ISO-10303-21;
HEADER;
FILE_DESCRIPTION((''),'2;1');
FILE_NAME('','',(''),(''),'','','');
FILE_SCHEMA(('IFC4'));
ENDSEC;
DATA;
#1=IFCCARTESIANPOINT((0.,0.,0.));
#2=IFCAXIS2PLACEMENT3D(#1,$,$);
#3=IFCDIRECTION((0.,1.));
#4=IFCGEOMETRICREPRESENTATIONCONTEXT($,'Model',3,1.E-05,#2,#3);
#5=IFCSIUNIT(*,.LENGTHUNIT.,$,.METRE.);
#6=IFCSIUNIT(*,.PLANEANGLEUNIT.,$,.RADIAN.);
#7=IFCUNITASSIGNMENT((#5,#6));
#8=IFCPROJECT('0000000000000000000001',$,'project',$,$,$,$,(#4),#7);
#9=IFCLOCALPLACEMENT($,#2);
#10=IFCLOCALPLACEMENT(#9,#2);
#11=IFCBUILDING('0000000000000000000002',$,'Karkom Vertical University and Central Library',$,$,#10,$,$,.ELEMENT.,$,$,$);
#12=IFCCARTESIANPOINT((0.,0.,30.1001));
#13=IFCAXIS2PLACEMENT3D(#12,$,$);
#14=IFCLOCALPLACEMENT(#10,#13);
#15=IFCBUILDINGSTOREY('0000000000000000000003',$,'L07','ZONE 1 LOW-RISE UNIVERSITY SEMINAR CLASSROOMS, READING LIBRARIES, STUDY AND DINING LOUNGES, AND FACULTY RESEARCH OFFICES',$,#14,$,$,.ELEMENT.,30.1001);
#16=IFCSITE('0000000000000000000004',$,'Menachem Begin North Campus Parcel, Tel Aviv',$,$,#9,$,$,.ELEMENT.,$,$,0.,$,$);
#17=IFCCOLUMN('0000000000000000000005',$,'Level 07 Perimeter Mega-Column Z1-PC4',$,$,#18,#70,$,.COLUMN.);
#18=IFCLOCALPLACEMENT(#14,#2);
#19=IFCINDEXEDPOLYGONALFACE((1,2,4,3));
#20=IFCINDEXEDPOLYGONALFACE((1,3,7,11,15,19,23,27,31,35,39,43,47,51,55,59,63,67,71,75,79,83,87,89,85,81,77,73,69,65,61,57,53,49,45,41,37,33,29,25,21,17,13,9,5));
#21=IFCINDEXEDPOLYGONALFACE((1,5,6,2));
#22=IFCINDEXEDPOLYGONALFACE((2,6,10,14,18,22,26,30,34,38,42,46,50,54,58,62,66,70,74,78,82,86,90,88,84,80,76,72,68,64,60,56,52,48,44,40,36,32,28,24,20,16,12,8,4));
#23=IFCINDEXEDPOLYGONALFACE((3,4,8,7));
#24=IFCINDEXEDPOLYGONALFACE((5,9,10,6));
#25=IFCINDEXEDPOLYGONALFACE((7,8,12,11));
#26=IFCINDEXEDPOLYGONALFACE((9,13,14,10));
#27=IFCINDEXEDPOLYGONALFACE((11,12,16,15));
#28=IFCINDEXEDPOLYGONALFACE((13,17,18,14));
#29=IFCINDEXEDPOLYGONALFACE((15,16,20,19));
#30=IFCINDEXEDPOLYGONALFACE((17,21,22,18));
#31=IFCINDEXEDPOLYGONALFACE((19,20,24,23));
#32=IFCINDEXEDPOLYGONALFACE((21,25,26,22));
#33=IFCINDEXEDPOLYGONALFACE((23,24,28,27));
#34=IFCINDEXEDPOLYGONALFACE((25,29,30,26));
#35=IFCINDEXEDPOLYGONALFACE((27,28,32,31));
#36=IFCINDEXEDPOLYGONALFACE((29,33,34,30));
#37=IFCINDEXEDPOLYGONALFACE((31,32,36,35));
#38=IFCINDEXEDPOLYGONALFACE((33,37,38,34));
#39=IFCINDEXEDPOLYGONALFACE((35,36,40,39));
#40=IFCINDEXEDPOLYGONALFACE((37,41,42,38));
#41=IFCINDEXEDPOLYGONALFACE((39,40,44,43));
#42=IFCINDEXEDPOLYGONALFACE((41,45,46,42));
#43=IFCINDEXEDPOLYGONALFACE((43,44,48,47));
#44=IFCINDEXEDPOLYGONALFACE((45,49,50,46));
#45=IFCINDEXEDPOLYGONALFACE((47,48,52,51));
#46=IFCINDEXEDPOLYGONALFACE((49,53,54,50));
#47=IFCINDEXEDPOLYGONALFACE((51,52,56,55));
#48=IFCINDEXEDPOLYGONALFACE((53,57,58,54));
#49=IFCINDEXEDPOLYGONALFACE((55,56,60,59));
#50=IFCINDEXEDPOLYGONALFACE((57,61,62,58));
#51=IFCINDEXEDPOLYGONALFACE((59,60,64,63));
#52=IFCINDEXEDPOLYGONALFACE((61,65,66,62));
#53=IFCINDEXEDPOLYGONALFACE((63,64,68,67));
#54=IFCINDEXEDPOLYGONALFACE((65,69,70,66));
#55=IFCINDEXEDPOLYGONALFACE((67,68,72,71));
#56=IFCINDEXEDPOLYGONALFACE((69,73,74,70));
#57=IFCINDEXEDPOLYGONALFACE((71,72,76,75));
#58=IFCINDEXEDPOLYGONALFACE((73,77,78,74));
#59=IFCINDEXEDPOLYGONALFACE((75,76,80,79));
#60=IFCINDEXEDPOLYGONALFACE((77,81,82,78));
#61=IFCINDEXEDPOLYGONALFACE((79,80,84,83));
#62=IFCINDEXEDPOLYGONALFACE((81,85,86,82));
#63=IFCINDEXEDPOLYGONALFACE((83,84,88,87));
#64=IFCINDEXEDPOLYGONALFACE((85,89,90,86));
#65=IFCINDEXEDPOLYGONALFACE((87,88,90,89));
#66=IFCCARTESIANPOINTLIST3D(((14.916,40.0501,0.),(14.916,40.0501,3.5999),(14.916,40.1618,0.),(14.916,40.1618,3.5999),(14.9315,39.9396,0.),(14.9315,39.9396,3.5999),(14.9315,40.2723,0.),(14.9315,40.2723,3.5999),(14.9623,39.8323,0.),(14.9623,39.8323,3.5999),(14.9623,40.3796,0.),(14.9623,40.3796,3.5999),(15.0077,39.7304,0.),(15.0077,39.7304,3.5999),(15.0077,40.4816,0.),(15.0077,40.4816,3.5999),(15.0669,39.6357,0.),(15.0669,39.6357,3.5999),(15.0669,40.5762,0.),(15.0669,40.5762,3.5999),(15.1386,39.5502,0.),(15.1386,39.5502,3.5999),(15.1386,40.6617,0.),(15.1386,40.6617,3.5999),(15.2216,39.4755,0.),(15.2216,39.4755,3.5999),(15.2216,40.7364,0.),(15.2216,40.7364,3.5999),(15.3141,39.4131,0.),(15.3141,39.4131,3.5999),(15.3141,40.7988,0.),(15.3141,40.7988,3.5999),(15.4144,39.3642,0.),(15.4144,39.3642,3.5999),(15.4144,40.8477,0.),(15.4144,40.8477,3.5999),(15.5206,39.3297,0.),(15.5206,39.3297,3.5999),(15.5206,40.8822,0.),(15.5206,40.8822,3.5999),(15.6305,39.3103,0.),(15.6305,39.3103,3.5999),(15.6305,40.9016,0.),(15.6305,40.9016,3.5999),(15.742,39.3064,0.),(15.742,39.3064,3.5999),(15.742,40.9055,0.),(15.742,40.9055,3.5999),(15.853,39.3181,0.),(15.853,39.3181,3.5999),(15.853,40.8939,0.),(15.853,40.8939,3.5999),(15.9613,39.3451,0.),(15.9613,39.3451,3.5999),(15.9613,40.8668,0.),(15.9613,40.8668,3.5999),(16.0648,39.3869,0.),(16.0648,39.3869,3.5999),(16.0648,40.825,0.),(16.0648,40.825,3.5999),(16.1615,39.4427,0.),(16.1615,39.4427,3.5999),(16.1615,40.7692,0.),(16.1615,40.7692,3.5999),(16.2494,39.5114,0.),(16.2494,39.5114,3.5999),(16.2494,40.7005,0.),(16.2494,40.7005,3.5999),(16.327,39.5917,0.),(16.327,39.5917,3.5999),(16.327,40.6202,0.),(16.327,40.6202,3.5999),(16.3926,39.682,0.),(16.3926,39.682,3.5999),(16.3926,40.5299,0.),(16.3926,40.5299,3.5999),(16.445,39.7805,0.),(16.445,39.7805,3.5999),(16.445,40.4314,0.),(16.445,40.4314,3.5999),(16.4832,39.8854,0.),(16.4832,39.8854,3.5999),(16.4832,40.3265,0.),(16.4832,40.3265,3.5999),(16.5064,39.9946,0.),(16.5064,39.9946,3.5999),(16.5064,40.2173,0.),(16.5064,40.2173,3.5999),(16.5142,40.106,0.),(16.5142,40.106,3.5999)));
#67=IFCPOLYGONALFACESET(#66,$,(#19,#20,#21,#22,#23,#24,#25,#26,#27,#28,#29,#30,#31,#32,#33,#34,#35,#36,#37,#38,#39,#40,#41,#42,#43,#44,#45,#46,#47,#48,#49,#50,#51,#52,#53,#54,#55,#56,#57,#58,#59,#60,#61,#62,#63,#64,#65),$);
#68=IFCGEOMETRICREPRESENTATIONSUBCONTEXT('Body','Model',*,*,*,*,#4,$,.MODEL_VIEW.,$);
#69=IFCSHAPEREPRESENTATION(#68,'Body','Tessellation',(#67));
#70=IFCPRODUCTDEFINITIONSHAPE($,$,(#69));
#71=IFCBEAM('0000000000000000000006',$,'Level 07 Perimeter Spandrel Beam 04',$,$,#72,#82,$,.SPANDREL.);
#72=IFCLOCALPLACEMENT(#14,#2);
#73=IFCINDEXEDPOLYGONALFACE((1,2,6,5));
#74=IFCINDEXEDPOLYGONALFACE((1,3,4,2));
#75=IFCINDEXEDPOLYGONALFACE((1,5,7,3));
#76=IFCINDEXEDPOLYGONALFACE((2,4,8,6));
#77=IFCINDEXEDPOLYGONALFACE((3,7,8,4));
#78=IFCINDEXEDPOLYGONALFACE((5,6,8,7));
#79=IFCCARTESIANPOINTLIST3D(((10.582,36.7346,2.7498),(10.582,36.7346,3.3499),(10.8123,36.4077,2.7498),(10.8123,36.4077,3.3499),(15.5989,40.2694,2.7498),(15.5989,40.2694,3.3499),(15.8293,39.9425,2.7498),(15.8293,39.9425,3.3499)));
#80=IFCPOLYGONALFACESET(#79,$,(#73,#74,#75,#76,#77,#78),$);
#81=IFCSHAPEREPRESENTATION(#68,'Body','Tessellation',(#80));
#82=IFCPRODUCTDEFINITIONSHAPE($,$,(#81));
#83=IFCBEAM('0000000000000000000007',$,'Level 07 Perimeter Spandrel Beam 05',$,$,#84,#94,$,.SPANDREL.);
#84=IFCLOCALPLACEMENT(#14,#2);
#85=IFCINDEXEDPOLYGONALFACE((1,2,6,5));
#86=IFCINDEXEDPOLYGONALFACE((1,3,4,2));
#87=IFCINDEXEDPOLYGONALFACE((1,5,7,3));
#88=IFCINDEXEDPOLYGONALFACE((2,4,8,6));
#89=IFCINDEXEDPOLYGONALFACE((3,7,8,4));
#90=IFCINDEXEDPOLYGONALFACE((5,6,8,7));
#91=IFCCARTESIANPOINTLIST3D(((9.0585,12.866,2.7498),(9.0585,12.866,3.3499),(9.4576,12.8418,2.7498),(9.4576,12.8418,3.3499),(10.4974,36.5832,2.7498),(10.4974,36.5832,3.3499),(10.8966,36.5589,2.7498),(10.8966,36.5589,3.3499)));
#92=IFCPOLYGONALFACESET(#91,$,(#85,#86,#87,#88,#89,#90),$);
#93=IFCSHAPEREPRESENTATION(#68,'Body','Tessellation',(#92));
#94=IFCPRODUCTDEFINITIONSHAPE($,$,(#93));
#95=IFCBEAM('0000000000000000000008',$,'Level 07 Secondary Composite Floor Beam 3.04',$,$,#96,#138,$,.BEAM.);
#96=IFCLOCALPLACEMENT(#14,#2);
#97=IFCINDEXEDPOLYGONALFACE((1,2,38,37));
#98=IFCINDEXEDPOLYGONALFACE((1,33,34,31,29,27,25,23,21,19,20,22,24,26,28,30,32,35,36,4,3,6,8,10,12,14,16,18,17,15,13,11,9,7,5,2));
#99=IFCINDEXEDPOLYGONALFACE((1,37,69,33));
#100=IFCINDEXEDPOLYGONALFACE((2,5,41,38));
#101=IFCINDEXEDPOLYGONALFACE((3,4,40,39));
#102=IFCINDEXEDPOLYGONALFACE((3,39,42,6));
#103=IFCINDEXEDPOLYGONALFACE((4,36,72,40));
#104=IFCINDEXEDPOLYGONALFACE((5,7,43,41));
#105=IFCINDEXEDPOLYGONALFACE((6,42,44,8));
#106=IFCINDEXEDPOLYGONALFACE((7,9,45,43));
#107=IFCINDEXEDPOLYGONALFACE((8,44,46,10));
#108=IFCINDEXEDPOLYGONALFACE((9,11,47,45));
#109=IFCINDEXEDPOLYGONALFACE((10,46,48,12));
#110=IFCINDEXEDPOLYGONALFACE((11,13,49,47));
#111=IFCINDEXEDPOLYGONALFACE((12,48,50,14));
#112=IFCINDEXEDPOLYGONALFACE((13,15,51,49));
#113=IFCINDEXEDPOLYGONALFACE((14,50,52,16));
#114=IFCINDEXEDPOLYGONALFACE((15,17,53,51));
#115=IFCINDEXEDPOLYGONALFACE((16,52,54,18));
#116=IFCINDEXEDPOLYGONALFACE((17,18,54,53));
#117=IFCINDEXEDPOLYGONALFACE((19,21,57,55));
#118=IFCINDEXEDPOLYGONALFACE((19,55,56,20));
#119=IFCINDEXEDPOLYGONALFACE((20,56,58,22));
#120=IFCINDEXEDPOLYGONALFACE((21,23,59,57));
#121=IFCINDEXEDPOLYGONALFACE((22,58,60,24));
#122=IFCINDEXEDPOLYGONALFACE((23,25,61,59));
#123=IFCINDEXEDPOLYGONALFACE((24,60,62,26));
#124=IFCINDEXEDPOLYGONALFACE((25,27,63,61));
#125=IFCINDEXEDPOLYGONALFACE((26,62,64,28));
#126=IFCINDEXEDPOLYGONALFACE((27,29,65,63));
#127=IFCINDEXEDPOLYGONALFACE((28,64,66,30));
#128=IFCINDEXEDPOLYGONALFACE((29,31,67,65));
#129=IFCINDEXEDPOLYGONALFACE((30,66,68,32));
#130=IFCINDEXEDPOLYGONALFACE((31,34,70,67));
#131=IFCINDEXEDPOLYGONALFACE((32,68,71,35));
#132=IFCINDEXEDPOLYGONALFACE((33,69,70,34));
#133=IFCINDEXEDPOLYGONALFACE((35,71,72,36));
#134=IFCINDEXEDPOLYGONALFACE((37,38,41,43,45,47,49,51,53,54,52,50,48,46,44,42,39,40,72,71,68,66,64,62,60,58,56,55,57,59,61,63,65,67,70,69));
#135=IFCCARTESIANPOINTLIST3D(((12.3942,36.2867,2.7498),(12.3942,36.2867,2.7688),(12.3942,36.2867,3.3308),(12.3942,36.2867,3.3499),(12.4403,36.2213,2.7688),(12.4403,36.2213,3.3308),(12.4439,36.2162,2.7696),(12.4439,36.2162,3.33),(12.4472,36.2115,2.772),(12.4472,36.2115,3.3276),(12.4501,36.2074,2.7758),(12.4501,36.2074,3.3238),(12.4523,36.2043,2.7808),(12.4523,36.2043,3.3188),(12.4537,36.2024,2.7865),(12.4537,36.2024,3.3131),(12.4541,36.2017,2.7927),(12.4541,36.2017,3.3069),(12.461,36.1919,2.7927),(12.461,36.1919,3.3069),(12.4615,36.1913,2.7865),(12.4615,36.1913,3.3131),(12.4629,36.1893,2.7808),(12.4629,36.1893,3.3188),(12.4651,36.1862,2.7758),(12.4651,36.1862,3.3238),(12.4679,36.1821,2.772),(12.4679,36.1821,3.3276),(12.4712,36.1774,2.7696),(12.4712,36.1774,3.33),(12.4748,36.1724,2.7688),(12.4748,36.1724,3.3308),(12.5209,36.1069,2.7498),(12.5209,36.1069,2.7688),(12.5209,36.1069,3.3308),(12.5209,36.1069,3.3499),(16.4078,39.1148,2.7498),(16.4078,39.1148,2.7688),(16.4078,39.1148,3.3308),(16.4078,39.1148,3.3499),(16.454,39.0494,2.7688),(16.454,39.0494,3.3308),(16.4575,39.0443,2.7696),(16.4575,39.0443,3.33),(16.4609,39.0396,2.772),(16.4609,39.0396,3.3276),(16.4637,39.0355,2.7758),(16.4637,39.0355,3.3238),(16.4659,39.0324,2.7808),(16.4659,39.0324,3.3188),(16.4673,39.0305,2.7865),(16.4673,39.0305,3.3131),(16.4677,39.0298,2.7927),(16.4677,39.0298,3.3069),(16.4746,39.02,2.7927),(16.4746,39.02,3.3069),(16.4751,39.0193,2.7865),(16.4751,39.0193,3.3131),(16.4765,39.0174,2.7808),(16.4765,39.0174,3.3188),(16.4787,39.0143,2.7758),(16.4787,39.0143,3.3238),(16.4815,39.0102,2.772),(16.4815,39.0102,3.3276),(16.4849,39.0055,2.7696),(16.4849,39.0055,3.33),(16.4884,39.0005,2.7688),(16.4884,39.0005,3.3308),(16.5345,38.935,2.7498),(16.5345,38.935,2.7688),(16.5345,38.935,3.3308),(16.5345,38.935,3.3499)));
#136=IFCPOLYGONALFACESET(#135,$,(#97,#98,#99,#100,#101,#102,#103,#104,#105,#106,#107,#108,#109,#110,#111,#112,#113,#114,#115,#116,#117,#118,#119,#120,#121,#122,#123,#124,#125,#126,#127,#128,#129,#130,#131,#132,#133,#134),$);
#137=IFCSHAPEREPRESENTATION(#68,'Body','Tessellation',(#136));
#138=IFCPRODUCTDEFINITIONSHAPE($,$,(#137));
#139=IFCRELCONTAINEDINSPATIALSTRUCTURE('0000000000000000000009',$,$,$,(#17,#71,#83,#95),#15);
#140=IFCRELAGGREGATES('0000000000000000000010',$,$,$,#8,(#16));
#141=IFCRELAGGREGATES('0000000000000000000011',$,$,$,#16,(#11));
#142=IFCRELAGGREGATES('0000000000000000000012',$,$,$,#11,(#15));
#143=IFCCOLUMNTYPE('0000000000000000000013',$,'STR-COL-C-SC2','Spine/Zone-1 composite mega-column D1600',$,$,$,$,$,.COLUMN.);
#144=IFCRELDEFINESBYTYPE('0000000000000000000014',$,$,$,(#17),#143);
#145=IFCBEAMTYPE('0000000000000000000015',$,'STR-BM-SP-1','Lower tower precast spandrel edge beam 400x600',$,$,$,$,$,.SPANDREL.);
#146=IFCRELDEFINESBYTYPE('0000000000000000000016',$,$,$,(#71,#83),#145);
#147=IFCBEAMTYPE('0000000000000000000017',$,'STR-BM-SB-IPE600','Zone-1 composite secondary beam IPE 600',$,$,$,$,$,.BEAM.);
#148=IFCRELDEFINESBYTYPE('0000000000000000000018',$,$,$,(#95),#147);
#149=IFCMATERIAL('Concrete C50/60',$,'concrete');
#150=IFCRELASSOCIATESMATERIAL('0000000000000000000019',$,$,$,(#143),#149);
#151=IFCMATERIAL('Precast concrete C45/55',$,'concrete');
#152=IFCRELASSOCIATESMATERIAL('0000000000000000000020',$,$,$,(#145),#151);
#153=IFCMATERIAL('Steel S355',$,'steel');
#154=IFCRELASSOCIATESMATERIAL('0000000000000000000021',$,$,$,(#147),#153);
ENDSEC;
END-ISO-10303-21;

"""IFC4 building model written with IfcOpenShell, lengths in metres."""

from ifc_helpers import new_model, si_unit, direction, frame, origin, origin_with_axes, origin_2d, place, context, subcontext, project, spatial, rectangle, circle, i_section, extrude, source, transform, mapped, material, material_profile, profile_set, type_object, element, save


model = new_model("IFC4")

# Units and contexts
model_context = context("Model", 3, precision=1e-05, world=origin(), true_north=direction((0.0, 1.0)))
body_context = subcontext(model_context, "Body", "Model", "MODEL_VIEW")
ifc_project = project(units=[si_unit("LENGTHUNIT", "METRE"), si_unit("PLANEANGLEUNIT", "RADIAN")], contexts=[model_context])

# Site, building, storey
site_placement = place(None, origin())
site = spatial("IfcSite", under=ifc_project, at=site_placement, Name="Menachem Begin North Campus Parcel, Tel Aviv", CompositionType="ELEMENT", RefElevation=0.0)
building_placement = place(site_placement, origin())
building = spatial("IfcBuilding", under=site, at=building_placement, Name="Karkom Vertical University and Central Library", CompositionType="ELEMENT")
storey_placement = place(building_placement, frame((0.0, 0.0, 30.1001)))
storey = spatial("IfcBuildingStorey", under=building, at=storey_placement, Name="L07", Description="ZONE 1 LOW-RISE UNIVERSITY SEMINAR CLASSROOMS, READING LIBRARIES, STUDY AND DINING LOUNGES, AND FACULTY RESEARCH OFFICES", CompositionType="ELEMENT", Elevation=30.1001)

# Column
ifc_material_1 = material(Name="Concrete C50/60", Category="concrete")
ifc_material_profile_1 = material_profile(ifc_material_1, circle(Radius=0.8, at=origin_2d()), Name="CFT-D1600")
ifc_profile_set_1 = profile_set([ifc_material_profile_1], Name="Concrete C50/60")
column_type = type_object("IfcColumnType", Name="STR-COL-C-SC2", Description="Spine/Zone-1 composite mega-column D1600", PredefinedType="COLUMN", material=ifc_profile_set_1)
shared_shape_1 = source(origin_with_axes(), body_context, "Body", "SweptSolid", [
    extrude(circle(Radius=0.8, at=origin_2d()), origin(), (0.0, 0.0, 1.0), 3.5999),
])
column_placement = place(storey_placement, frame((15.7141, 40.106, 0.0), z_axis=(0.0, 0.0, 1.0), x_axis=(1.0, 0.0, 0.0)))
element("IfcColumn", 1, at=column_placement, inside=storey, type_object=column_type, Name="Level 07 Perimeter Mega-Column Z1-PC4", PredefinedType="COLUMN", context=body_context, shape_type="MappedRepresentation", body=[
    mapped(shared_shape_1, transform((0.0, 0.0, 0.0), scale=1.0)),
])

# Beams
ifc_material_2 = material(Name="Precast concrete C45/55", Category="concrete")
ifc_material_profile_2 = material_profile(ifc_material_2, rectangle(XDim=0.3999, YDim=0.6001, at=origin_2d()), Name="SPB-400x600")
ifc_profile_set_2 = profile_set([ifc_material_profile_2], Name="Precast concrete C45/55")
beam_type_1 = type_object("IfcBeamType", Name="STR-BM-SP-1", Description="Lower tower precast spandrel edge beam 400x600", PredefinedType="SPANDREL", material=ifc_profile_set_2)
shared_shape_2 = source(origin_with_axes(), body_context, "Body", "SweptSolid", [
    extrude(rectangle(XDim=0.3999, YDim=0.6001, at=origin_2d()), origin(), (0.0, 0.0, 1.0), 6.1372),
])
beam_1_placement = place(storey_placement, frame((15.7141, 40.106, 3.0498), z_axis=(-0.817471, -0.575969, 0.0), x_axis=(0.575969, -0.817471, 0.0)))
element("IfcBeam", 2, at=beam_1_placement, inside=storey, type_object=beam_type_1, Name="Level 07 Perimeter Spandrel Beam 04", PredefinedType="SPANDREL", context=body_context, shape_type="MappedRepresentation", body=[
    mapped(shared_shape_2, transform((0.0, 0.0, 0.0), scale=1.0)),
])
shared_shape_3 = source(origin_with_axes(), body_context, "Body", "SweptSolid", [
    extrude(rectangle(XDim=0.3999, YDim=0.6001, at=origin_2d()), origin(), (0.0, 0.0, 1.0), 23.7607),
])
beam_2_placement = place(storey_placement, frame((10.697, 36.571, 3.0498), z_axis=(-0.060561, -0.998165, 0.0), x_axis=(0.998165, -0.060561, 0.0)))
element("IfcBeam", 3, at=beam_2_placement, inside=storey, type_object=beam_type_1, Name="Level 07 Perimeter Spandrel Beam 05", PredefinedType="SPANDREL", context=body_context, shape_type="MappedRepresentation", body=[
    mapped(shared_shape_3, transform((0.0, 0.0, 0.0), scale=1.0)),
])
ifc_material_3 = material(Name="Steel S355", Category="steel")
ifc_material_profile_3 = material_profile(ifc_material_3, i_section(OverallWidth=0.22, OverallDepth=0.6001, WebThickness=0.012, FlangeThickness=0.019, FilletRadius=0.0239, at=origin_2d()), Name="IPE 600")
ifc_profile_set_3 = profile_set([ifc_material_profile_3], Name="Steel S355")
beam_type_2 = type_object("IfcBeamType", Name="STR-BM-SB-IPE600", Description="Zone-1 composite secondary beam IPE 600", PredefinedType="BEAM", material=ifc_profile_set_3)
shared_shape_4 = source(origin_with_axes(), body_context, "Body", "SweptSolid", [
    extrude(i_section(OverallWidth=0.22, OverallDepth=0.6001, WebThickness=0.012, FlangeThickness=0.019, FilletRadius=0.0239, at=origin_2d()), origin(), (0.0, 0.0, 1.0), 4.9099),
])
beam_3_placement = place(storey_placement, frame((16.4712, 39.0249, 3.0498), z_axis=(-0.817453, -0.575996, 0.0), x_axis=(0.575996, -0.817453, 0.0)))
element("IfcBeam", 4, at=beam_3_placement, inside=storey, type_object=beam_type_2, Name="Level 07 Secondary Composite Floor Beam 3.04", PredefinedType="BEAM", context=body_context, shape_type="MappedRepresentation", body=[
    mapped(shared_shape_4, transform((0.0, 0.0, 0.0), scale=1.0)),
])

save(model, "model.ifc")
